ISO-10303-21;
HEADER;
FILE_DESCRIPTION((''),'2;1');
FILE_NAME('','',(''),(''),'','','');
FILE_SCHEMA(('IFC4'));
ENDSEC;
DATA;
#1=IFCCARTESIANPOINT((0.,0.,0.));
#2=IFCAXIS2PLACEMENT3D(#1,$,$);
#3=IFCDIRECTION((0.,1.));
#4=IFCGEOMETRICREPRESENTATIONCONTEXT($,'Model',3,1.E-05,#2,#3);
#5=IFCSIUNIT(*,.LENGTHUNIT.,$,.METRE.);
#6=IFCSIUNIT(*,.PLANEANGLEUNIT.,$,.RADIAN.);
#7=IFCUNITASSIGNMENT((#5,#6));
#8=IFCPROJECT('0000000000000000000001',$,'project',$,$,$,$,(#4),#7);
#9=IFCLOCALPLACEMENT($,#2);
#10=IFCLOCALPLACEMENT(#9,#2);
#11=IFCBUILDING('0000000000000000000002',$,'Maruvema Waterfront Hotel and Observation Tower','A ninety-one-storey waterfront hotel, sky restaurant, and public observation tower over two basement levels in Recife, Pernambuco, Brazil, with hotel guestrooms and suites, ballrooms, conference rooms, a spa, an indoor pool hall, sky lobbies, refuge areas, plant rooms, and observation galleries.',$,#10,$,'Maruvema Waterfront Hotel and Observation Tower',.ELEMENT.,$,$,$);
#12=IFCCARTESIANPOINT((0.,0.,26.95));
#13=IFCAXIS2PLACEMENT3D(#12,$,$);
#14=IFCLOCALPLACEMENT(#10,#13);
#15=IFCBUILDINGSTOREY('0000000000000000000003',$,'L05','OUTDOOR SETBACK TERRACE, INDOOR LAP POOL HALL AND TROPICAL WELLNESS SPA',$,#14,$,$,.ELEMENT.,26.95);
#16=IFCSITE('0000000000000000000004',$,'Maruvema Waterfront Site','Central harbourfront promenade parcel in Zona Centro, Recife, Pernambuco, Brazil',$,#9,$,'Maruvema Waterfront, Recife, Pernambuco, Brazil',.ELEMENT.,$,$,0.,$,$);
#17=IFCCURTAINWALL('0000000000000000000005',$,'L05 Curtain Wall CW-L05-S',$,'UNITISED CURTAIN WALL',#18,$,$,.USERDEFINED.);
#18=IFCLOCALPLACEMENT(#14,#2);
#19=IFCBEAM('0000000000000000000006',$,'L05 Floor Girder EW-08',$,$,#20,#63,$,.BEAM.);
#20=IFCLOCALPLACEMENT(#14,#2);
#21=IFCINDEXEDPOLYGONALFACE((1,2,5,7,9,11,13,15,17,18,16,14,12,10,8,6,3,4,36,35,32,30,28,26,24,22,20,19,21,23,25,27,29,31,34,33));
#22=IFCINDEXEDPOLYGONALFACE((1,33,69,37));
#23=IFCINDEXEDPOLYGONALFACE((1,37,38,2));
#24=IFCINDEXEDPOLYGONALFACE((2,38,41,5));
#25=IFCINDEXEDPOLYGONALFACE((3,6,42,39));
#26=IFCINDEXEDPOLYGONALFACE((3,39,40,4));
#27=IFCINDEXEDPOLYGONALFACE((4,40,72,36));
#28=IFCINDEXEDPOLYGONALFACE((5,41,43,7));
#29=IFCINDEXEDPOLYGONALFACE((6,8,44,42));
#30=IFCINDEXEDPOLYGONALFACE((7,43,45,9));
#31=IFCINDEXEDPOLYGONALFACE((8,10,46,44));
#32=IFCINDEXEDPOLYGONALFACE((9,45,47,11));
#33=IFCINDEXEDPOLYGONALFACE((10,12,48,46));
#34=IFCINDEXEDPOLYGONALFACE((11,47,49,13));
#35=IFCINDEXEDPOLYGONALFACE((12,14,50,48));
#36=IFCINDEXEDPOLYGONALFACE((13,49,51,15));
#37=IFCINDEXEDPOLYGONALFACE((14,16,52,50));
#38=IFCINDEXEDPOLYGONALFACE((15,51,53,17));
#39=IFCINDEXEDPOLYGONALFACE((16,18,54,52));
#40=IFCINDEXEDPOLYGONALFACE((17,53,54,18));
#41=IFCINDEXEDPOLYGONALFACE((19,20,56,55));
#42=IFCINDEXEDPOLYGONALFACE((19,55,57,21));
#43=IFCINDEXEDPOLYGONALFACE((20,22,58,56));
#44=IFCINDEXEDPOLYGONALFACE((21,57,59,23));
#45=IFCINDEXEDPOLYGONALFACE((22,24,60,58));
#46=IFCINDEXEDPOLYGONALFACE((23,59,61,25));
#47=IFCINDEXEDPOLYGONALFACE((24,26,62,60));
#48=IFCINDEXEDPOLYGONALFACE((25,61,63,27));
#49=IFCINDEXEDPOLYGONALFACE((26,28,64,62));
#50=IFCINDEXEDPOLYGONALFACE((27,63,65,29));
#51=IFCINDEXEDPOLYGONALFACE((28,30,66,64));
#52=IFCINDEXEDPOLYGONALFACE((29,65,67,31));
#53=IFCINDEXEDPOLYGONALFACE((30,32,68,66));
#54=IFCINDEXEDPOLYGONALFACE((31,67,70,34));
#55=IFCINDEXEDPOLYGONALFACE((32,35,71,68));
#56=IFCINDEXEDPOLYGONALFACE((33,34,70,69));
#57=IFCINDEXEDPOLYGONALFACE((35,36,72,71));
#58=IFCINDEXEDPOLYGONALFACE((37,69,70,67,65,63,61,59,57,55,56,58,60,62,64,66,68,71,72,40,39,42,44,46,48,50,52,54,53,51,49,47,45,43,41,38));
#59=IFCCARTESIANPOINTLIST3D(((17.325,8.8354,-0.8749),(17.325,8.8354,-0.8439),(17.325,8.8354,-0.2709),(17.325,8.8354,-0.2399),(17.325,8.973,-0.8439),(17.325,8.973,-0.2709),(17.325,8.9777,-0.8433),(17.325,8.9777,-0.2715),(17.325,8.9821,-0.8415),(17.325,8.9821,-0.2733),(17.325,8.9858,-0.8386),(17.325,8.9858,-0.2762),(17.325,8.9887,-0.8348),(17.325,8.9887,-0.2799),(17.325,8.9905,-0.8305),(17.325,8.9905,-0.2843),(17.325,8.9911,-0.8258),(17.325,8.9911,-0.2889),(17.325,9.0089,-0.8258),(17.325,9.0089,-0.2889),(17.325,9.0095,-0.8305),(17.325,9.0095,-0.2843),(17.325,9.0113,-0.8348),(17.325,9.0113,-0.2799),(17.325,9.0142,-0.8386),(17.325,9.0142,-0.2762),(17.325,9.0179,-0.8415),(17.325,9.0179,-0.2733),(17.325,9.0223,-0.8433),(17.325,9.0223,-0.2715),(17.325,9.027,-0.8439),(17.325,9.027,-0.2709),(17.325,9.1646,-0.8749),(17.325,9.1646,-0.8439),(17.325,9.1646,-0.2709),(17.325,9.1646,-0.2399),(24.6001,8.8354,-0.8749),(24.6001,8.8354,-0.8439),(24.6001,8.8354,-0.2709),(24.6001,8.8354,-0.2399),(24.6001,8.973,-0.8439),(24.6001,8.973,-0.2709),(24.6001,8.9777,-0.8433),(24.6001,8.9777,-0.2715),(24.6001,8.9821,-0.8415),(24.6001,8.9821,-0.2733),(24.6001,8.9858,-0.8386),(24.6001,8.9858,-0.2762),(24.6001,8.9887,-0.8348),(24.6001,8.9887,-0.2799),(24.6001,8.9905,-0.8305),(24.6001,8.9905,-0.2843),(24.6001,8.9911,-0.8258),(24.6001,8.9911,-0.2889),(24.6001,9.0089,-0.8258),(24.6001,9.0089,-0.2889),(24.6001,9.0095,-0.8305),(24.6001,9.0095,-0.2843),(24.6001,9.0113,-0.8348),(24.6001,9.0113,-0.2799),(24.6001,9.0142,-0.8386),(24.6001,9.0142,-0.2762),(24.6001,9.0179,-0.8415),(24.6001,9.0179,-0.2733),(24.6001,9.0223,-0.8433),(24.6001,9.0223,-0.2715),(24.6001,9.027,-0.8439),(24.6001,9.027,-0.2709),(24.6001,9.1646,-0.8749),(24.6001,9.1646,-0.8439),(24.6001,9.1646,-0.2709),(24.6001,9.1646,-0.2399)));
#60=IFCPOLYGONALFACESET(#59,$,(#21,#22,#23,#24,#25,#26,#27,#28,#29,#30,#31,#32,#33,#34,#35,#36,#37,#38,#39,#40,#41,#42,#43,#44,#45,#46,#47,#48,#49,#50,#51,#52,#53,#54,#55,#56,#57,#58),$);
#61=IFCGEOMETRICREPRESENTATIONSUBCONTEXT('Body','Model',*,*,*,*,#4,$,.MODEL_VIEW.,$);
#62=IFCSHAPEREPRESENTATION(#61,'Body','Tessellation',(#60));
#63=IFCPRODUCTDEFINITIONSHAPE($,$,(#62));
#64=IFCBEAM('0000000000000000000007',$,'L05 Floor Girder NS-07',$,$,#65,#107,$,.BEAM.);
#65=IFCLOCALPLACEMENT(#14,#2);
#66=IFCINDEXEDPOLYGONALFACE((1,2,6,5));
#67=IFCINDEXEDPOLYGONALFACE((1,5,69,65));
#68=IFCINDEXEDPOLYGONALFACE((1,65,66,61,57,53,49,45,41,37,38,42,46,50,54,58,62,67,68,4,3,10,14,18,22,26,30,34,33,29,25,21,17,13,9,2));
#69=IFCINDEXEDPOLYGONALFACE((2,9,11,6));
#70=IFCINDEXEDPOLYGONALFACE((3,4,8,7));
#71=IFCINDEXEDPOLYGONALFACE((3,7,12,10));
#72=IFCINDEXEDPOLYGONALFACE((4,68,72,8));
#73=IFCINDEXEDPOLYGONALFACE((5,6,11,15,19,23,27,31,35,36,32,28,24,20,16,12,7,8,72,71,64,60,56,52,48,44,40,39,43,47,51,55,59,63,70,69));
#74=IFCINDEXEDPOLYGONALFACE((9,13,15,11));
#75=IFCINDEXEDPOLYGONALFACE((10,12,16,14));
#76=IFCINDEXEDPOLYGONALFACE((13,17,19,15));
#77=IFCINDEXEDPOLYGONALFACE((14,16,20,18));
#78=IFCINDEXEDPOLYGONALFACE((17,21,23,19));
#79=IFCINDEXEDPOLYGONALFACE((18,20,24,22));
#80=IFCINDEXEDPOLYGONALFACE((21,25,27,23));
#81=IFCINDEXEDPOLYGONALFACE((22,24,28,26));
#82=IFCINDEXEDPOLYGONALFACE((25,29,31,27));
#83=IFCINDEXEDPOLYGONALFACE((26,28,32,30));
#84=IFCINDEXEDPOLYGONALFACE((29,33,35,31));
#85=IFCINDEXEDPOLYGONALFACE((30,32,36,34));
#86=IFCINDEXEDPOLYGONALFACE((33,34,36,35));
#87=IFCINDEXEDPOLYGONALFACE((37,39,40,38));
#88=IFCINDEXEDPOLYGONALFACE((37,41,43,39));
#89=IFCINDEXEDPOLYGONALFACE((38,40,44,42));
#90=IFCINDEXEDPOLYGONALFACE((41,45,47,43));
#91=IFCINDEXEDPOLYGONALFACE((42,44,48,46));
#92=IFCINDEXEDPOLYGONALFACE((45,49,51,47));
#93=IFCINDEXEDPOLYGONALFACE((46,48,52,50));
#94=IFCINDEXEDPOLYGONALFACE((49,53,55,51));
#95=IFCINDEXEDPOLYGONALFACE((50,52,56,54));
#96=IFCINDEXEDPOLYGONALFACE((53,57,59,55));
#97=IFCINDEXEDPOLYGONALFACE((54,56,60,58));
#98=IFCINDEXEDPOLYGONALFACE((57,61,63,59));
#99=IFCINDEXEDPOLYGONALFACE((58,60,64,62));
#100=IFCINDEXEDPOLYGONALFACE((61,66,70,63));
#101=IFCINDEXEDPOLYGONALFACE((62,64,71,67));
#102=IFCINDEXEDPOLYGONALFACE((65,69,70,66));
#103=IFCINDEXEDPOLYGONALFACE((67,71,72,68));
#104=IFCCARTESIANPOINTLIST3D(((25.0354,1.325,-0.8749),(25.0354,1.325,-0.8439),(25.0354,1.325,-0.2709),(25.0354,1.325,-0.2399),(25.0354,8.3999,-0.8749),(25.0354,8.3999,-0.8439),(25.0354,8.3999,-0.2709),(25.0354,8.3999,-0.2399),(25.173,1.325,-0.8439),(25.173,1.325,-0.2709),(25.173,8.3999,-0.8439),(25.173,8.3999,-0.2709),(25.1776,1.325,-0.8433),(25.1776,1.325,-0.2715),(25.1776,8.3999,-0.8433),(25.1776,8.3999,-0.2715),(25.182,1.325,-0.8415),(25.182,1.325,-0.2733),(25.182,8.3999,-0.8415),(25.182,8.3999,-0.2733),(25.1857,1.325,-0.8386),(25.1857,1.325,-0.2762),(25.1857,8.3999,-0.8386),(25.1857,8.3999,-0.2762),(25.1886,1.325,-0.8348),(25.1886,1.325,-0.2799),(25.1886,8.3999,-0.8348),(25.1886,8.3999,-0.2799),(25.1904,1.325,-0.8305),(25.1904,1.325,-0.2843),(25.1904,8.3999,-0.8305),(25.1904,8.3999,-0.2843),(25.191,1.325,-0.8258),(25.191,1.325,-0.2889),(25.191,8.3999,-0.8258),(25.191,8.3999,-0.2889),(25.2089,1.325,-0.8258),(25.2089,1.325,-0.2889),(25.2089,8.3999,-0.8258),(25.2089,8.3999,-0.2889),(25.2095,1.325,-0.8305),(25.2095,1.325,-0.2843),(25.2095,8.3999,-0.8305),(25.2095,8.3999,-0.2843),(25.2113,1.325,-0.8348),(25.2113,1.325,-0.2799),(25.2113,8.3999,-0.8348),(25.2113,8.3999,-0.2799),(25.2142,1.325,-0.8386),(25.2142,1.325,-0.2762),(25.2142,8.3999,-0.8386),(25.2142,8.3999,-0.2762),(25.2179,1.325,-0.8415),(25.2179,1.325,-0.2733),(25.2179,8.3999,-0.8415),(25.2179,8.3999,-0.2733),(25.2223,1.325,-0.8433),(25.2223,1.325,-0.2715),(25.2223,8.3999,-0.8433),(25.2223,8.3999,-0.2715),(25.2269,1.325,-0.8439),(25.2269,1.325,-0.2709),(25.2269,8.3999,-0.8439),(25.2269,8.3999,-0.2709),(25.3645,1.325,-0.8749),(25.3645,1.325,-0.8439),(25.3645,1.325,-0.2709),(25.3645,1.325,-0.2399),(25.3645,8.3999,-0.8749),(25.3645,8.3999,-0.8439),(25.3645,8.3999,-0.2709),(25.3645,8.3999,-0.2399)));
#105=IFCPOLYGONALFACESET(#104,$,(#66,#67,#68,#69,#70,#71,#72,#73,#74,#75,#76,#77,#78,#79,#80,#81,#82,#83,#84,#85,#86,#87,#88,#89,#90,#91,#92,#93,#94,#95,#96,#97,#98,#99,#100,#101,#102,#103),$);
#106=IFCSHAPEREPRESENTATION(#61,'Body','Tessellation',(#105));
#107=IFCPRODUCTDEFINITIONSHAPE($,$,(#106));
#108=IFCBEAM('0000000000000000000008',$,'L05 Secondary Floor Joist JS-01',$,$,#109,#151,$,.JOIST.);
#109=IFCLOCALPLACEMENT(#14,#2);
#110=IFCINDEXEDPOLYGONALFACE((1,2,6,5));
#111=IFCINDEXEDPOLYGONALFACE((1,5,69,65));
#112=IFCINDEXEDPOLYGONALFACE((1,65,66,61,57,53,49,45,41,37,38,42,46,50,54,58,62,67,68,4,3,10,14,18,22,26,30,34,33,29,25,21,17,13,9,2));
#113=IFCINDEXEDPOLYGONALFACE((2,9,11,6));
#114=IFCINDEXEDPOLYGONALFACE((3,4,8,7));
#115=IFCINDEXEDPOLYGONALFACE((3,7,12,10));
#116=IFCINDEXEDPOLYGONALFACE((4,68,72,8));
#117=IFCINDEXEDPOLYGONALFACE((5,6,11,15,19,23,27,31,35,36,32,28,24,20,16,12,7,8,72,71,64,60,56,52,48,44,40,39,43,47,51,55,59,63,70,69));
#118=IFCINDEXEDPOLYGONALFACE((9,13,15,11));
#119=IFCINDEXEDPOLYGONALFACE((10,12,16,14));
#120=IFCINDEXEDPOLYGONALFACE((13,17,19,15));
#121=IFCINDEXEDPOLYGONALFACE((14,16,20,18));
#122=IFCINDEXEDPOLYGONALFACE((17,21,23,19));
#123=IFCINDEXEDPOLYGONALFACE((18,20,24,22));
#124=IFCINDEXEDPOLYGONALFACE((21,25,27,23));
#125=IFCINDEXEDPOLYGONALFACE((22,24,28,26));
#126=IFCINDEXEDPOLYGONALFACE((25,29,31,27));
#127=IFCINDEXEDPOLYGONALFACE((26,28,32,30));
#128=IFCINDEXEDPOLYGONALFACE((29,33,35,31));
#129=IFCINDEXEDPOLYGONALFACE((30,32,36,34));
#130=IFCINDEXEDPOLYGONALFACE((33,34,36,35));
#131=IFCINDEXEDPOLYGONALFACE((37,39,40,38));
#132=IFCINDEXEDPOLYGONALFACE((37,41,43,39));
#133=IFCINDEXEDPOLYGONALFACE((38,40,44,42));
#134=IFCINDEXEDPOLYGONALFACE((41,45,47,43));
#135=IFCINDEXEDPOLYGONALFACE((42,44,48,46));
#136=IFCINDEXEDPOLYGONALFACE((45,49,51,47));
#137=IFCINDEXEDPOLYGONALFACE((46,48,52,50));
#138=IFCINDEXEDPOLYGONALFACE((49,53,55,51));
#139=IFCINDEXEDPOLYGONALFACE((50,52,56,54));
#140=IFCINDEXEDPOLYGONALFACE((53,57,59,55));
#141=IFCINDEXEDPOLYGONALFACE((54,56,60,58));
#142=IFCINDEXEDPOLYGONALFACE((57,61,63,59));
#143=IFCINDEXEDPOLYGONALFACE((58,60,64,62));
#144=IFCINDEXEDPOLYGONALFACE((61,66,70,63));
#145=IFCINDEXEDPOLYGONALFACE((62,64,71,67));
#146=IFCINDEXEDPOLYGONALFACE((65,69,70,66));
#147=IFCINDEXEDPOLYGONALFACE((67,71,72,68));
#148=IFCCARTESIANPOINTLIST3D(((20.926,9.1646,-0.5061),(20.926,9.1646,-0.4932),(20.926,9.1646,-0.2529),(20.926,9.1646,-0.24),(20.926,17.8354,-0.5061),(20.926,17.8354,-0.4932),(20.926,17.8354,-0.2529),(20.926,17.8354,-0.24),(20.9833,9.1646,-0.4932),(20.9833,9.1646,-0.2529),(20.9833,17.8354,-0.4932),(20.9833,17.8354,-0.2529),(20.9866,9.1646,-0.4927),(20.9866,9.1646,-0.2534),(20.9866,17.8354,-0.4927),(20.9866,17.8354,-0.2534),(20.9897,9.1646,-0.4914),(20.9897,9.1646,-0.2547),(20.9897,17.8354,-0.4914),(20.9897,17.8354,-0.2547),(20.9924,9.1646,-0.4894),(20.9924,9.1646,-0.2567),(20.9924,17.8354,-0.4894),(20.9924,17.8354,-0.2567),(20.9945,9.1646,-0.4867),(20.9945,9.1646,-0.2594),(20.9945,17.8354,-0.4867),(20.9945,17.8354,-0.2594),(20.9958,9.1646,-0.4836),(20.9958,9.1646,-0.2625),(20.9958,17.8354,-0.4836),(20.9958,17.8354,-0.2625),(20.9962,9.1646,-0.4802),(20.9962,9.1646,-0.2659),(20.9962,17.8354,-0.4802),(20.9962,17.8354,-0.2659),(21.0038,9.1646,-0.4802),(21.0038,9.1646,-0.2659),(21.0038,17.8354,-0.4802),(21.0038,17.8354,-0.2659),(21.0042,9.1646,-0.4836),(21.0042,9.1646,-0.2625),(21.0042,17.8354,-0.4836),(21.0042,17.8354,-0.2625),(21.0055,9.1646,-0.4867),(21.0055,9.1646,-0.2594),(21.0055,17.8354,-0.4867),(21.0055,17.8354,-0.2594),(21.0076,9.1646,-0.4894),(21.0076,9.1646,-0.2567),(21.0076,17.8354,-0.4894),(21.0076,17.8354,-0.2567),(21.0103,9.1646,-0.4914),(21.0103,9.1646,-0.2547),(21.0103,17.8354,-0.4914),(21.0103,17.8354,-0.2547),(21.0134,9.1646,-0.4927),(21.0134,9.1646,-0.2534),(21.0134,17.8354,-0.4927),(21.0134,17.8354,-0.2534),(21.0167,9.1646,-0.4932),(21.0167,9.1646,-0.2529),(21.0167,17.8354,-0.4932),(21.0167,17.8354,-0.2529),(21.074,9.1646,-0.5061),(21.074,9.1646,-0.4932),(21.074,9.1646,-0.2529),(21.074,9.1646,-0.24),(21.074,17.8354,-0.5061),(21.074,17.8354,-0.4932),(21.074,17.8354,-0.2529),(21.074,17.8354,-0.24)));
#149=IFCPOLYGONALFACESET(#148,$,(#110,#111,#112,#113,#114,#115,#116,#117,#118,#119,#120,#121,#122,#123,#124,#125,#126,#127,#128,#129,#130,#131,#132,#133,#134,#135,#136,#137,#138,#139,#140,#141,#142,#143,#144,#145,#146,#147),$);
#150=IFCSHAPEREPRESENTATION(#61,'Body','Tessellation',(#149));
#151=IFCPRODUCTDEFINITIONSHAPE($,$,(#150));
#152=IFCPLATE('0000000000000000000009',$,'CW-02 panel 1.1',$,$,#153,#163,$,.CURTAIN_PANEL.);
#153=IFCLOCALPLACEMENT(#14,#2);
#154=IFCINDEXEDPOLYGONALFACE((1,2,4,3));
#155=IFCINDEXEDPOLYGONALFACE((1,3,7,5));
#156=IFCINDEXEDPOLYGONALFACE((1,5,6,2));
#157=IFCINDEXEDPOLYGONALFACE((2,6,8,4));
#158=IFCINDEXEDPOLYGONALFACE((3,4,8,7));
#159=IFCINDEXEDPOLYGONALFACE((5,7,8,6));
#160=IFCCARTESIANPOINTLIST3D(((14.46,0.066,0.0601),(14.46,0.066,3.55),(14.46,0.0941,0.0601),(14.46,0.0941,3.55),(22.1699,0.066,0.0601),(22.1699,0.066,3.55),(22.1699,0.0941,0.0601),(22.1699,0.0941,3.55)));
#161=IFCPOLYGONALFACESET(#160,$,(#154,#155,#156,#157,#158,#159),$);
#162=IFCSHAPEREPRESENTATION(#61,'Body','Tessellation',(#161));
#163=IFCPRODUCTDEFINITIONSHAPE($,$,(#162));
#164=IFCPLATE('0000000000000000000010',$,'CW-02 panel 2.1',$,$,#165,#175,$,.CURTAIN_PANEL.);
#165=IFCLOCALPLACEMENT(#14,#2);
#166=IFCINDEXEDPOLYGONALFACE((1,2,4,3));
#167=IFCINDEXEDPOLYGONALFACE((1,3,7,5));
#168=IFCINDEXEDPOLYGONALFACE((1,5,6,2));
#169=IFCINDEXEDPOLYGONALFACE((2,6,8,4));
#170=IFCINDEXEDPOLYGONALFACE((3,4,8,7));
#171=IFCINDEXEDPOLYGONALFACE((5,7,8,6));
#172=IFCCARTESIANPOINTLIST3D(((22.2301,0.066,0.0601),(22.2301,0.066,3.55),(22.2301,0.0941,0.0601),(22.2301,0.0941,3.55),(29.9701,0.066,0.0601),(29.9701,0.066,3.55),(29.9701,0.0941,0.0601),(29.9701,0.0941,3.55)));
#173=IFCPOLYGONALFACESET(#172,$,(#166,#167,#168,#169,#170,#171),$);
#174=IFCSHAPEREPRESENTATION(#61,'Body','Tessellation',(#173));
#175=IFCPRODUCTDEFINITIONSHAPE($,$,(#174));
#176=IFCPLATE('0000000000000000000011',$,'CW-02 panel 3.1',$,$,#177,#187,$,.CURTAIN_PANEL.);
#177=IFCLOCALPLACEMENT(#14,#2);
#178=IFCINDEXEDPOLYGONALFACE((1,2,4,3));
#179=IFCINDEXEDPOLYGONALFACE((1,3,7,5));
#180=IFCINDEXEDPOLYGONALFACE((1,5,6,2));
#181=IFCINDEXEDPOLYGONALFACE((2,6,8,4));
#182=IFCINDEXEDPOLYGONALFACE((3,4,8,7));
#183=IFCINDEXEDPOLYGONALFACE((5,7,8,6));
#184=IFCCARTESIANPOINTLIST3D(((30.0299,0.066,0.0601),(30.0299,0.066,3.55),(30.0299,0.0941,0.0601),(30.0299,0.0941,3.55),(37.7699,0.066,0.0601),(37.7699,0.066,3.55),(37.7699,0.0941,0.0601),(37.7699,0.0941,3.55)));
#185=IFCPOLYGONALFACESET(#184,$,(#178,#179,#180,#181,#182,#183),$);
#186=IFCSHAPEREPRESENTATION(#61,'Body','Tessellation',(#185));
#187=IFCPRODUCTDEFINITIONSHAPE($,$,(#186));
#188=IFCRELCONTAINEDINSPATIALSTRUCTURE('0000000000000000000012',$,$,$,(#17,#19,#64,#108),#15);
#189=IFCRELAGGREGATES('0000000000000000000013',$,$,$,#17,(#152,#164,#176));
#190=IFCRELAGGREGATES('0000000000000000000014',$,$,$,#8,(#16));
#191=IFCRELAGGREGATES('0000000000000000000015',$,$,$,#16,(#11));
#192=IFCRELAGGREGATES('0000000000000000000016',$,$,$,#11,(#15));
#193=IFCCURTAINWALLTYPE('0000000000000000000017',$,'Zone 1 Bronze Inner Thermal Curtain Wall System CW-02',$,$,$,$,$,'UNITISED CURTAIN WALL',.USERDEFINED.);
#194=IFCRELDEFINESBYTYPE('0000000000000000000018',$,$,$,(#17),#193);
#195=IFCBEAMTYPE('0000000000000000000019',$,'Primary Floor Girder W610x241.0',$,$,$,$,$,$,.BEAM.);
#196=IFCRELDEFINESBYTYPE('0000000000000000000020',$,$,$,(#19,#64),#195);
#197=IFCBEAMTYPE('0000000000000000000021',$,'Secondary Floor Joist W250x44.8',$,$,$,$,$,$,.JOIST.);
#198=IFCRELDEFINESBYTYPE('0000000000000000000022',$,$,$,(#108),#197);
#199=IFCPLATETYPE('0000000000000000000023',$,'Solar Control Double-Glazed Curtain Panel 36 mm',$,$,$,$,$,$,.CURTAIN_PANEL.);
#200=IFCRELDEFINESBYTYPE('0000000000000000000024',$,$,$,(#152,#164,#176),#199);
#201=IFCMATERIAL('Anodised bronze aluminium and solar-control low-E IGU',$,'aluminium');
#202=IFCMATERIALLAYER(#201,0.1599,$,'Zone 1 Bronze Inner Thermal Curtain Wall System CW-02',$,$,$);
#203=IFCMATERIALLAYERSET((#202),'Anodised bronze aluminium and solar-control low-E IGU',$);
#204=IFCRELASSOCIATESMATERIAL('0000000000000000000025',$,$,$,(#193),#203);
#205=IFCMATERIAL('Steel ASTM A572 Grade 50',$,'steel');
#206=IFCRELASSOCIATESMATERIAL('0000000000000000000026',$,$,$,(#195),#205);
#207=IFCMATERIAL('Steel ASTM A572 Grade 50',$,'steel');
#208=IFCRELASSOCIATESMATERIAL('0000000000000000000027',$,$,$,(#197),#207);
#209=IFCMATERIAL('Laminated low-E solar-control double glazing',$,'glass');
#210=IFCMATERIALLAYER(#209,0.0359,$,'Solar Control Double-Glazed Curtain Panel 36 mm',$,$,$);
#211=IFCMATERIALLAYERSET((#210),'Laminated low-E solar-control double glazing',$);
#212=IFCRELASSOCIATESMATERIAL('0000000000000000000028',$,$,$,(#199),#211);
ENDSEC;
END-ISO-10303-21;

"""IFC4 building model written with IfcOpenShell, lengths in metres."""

from ifc_helpers import new_model, si_unit, direction, frame, origin, origin_2d, place, context, subcontext, project, spatial, rectangle, i_section, extrude, material, layer, layer_set, material_profile, profile_set, type_object, element, aggregate, save


model = new_model("IFC4")

# Units and contexts
model_context = context("Model", 3, precision=1e-05, world=origin(), true_north=direction((0.0, 1.0)))
body_context = subcontext(model_context, "Body", "Model", "MODEL_VIEW")
ifc_project = project(units=[si_unit("LENGTHUNIT", "METRE"), si_unit("PLANEANGLEUNIT", "RADIAN")], contexts=[model_context])

# Site, building, storey
site_placement = place(None, origin())
site = spatial("IfcSite", under=ifc_project, at=site_placement, Name="Maruvema Waterfront Site", Description="Central harbourfront promenade parcel in Zona Centro, Recife, Pernambuco, Brazil", LongName="Maruvema Waterfront, Recife, Pernambuco, Brazil", CompositionType="ELEMENT", RefElevation=0.0)
building_placement = place(site_placement, origin())
building = spatial("IfcBuilding", under=site, at=building_placement, Name="Maruvema Waterfront Hotel and Observation Tower", Description="A ninety-one-storey waterfront hotel, sky restaurant, and public observation tower over two basement levels in Recife, Pernambuco, Brazil, with hotel guestrooms and suites, ballrooms, conference rooms, a spa, an indoor pool hall, sky lobbies, refuge areas, plant rooms, and observation galleries.", LongName="Maruvema Waterfront Hotel and Observation Tower", CompositionType="ELEMENT")
storey_placement = place(building_placement, frame((0.0, 0.0, 26.95)))
storey = spatial("IfcBuildingStorey", under=building, at=storey_placement, Name="L05", Description="OUTDOOR SETBACK TERRACE, INDOOR LAP POOL HALL AND TROPICAL WELLNESS SPA", CompositionType="ELEMENT", Elevation=26.95)

# Curtain wall
ifc_material_1 = material(Name="Anodised bronze aluminium and solar-control low-E IGU", Category="aluminium")
ifc_layer_1 = layer(ifc_material_1, 0.1599, Name="Zone 1 Bronze Inner Thermal Curtain Wall System CW-02")
ifc_layer_set_1 = layer_set([ifc_layer_1], Name="Anodised bronze aluminium and solar-control low-E IGU")
curtain_wall_type = type_object("IfcCurtainWallType", Name="Zone 1 Bronze Inner Thermal Curtain Wall System CW-02", ElementType="UNITISED CURTAIN WALL", PredefinedType="USERDEFINED", material=ifc_layer_set_1)
curtain_wall_placement = place(storey_placement, origin())
curtain_wall = element("IfcCurtainWall", 1, at=curtain_wall_placement, inside=storey, type_object=curtain_wall_type, Name="L05 Curtain Wall CW-L05-S", ObjectType="UNITISED CURTAIN WALL", PredefinedType="USERDEFINED")

# Beams
ifc_material_2 = material(Name="Steel ASTM A572 Grade 50", Category="steel")
ifc_material_profile_1 = material_profile(ifc_material_2, i_section(OverallWidth=0.3291, OverallDepth=0.635, WebThickness=0.0178, FlangeThickness=0.031, FilletRadius=0.0181, at=origin_2d()), Name="W610x241.0")
ifc_profile_set_1 = profile_set([ifc_material_profile_1], Name="Steel ASTM A572 Grade 50")
beam_type_1 = type_object("IfcBeamType", Name="Primary Floor Girder W610x241.0", PredefinedType="BEAM", material=ifc_profile_set_1)
beam_1_placement = place(storey_placement, frame((17.325, 9.0, -0.5574), z_axis=(1.0, 0.0, 0.0), x_axis=(0.0, 1.0, 0.0)))
element("IfcBeam", 2, at=beam_1_placement, inside=storey, type_object=beam_type_1, Name="L05 Floor Girder EW-08", PredefinedType="BEAM", context=body_context, shape_type="SweptSolid", body=[
    extrude(i_section(OverallWidth=0.3291, OverallDepth=0.635, WebThickness=0.0178, FlangeThickness=0.031, FilletRadius=0.0181, at=origin_2d()), origin(), (0.0, 0.0, 1.0), 7.2751),
])
beam_2_placement = place(storey_placement, frame((25.2, 1.325, -0.5574), z_axis=(0.0, 1.0, 0.0), x_axis=(-1.0, 0.0, 0.0)))
element("IfcBeam", 3, at=beam_2_placement, inside=storey, type_object=beam_type_1, Name="L05 Floor Girder NS-07", PredefinedType="BEAM", context=body_context, shape_type="SweptSolid", body=[
    extrude(i_section(OverallWidth=0.3291, OverallDepth=0.635, WebThickness=0.0178, FlangeThickness=0.031, FilletRadius=0.0181, at=origin_2d()), origin(), (0.0, 0.0, 1.0), 7.075),
])
ifc_material_3 = material(Name="Steel ASTM A572 Grade 50", Category="steel")
ifc_material_profile_2 = material_profile(ifc_material_3, i_section(OverallWidth=0.1479, OverallDepth=0.2661, WebThickness=0.0076, FlangeThickness=0.0129, FilletRadius=0.0129, at=origin_2d()), Name="W250x44.8")
ifc_profile_set_2 = profile_set([ifc_material_profile_2], Name="Steel ASTM A572 Grade 50")
beam_type_2 = type_object("IfcBeamType", Name="Secondary Floor Joist W250x44.8", PredefinedType="JOIST", material=ifc_profile_set_2)
beam_3_placement = place(storey_placement, frame((21.0, 9.1646, -0.373), z_axis=(0.0, 1.0, 0.0), x_axis=(-1.0, 0.0, 0.0)))
element("IfcBeam", 4, at=beam_3_placement, inside=storey, type_object=beam_type_2, Name="L05 Secondary Floor Joist JS-01", PredefinedType="JOIST", context=body_context, shape_type="SweptSolid", body=[
    extrude(i_section(OverallWidth=0.1479, OverallDepth=0.2661, WebThickness=0.0076, FlangeThickness=0.0129, FilletRadius=0.0129, at=origin_2d()), origin(), (0.0, 0.0, 1.0), 8.6709),
])

# Plates
ifc_material_4 = material(Name="Laminated low-E solar-control double glazing", Category="glass")
ifc_layer_2 = layer(ifc_material_4, 0.0359, Name="Solar Control Double-Glazed Curtain Panel 36 mm")
ifc_layer_set_2 = layer_set([ifc_layer_2], Name="Laminated low-E solar-control double glazing")
plate_type = type_object("IfcPlateType", Name="Solar Control Double-Glazed Curtain Panel 36 mm", PredefinedType="CURTAIN_PANEL", material=ifc_layer_set_2)
plate_1_placement = place(storey_placement, frame((18.3149, 0.0801, 0.0601), z_axis=(0.0, 0.0, 1.0), x_axis=(1.0, 0.0, 0.0)))
plate_1 = element("IfcPlate", 5, at=plate_1_placement, type_object=plate_type, Name="CW-02 panel 1.1", PredefinedType="CURTAIN_PANEL", context=body_context, shape_type="SweptSolid", body=[
    extrude(rectangle(XDim=7.71, YDim=0.0281, at=origin_2d()), origin(), (0.0, 0.0, 1.0), 3.49),
])
plate_2_placement = place(storey_placement, frame((26.1001, 0.0801, 0.0601), z_axis=(0.0, 0.0, 1.0), x_axis=(1.0, 0.0, 0.0)))
plate_2 = element("IfcPlate", 6, at=plate_2_placement, type_object=plate_type, Name="CW-02 panel 2.1", PredefinedType="CURTAIN_PANEL", context=body_context, shape_type="SweptSolid", body=[
    extrude(rectangle(XDim=7.74, YDim=0.0281, at=origin_2d()), origin(), (0.0, 0.0, 1.0), 3.49),
])
plate_3_placement = place(storey_placement, frame((33.8999, 0.0801, 0.0601), z_axis=(0.0, 0.0, 1.0), x_axis=(1.0, 0.0, 0.0)))
plate_3 = element("IfcPlate", 7, at=plate_3_placement, type_object=plate_type, Name="CW-02 panel 3.1", PredefinedType="CURTAIN_PANEL", context=body_context, shape_type="SweptSolid", body=[
    extrude(rectangle(XDim=7.74, YDim=0.0281, at=origin_2d()), origin(), (0.0, 0.0, 1.0), 3.49),
])
aggregate(curtain_wall, [plate_1, plate_2, plate_3])

save(model, "model.ifc")
